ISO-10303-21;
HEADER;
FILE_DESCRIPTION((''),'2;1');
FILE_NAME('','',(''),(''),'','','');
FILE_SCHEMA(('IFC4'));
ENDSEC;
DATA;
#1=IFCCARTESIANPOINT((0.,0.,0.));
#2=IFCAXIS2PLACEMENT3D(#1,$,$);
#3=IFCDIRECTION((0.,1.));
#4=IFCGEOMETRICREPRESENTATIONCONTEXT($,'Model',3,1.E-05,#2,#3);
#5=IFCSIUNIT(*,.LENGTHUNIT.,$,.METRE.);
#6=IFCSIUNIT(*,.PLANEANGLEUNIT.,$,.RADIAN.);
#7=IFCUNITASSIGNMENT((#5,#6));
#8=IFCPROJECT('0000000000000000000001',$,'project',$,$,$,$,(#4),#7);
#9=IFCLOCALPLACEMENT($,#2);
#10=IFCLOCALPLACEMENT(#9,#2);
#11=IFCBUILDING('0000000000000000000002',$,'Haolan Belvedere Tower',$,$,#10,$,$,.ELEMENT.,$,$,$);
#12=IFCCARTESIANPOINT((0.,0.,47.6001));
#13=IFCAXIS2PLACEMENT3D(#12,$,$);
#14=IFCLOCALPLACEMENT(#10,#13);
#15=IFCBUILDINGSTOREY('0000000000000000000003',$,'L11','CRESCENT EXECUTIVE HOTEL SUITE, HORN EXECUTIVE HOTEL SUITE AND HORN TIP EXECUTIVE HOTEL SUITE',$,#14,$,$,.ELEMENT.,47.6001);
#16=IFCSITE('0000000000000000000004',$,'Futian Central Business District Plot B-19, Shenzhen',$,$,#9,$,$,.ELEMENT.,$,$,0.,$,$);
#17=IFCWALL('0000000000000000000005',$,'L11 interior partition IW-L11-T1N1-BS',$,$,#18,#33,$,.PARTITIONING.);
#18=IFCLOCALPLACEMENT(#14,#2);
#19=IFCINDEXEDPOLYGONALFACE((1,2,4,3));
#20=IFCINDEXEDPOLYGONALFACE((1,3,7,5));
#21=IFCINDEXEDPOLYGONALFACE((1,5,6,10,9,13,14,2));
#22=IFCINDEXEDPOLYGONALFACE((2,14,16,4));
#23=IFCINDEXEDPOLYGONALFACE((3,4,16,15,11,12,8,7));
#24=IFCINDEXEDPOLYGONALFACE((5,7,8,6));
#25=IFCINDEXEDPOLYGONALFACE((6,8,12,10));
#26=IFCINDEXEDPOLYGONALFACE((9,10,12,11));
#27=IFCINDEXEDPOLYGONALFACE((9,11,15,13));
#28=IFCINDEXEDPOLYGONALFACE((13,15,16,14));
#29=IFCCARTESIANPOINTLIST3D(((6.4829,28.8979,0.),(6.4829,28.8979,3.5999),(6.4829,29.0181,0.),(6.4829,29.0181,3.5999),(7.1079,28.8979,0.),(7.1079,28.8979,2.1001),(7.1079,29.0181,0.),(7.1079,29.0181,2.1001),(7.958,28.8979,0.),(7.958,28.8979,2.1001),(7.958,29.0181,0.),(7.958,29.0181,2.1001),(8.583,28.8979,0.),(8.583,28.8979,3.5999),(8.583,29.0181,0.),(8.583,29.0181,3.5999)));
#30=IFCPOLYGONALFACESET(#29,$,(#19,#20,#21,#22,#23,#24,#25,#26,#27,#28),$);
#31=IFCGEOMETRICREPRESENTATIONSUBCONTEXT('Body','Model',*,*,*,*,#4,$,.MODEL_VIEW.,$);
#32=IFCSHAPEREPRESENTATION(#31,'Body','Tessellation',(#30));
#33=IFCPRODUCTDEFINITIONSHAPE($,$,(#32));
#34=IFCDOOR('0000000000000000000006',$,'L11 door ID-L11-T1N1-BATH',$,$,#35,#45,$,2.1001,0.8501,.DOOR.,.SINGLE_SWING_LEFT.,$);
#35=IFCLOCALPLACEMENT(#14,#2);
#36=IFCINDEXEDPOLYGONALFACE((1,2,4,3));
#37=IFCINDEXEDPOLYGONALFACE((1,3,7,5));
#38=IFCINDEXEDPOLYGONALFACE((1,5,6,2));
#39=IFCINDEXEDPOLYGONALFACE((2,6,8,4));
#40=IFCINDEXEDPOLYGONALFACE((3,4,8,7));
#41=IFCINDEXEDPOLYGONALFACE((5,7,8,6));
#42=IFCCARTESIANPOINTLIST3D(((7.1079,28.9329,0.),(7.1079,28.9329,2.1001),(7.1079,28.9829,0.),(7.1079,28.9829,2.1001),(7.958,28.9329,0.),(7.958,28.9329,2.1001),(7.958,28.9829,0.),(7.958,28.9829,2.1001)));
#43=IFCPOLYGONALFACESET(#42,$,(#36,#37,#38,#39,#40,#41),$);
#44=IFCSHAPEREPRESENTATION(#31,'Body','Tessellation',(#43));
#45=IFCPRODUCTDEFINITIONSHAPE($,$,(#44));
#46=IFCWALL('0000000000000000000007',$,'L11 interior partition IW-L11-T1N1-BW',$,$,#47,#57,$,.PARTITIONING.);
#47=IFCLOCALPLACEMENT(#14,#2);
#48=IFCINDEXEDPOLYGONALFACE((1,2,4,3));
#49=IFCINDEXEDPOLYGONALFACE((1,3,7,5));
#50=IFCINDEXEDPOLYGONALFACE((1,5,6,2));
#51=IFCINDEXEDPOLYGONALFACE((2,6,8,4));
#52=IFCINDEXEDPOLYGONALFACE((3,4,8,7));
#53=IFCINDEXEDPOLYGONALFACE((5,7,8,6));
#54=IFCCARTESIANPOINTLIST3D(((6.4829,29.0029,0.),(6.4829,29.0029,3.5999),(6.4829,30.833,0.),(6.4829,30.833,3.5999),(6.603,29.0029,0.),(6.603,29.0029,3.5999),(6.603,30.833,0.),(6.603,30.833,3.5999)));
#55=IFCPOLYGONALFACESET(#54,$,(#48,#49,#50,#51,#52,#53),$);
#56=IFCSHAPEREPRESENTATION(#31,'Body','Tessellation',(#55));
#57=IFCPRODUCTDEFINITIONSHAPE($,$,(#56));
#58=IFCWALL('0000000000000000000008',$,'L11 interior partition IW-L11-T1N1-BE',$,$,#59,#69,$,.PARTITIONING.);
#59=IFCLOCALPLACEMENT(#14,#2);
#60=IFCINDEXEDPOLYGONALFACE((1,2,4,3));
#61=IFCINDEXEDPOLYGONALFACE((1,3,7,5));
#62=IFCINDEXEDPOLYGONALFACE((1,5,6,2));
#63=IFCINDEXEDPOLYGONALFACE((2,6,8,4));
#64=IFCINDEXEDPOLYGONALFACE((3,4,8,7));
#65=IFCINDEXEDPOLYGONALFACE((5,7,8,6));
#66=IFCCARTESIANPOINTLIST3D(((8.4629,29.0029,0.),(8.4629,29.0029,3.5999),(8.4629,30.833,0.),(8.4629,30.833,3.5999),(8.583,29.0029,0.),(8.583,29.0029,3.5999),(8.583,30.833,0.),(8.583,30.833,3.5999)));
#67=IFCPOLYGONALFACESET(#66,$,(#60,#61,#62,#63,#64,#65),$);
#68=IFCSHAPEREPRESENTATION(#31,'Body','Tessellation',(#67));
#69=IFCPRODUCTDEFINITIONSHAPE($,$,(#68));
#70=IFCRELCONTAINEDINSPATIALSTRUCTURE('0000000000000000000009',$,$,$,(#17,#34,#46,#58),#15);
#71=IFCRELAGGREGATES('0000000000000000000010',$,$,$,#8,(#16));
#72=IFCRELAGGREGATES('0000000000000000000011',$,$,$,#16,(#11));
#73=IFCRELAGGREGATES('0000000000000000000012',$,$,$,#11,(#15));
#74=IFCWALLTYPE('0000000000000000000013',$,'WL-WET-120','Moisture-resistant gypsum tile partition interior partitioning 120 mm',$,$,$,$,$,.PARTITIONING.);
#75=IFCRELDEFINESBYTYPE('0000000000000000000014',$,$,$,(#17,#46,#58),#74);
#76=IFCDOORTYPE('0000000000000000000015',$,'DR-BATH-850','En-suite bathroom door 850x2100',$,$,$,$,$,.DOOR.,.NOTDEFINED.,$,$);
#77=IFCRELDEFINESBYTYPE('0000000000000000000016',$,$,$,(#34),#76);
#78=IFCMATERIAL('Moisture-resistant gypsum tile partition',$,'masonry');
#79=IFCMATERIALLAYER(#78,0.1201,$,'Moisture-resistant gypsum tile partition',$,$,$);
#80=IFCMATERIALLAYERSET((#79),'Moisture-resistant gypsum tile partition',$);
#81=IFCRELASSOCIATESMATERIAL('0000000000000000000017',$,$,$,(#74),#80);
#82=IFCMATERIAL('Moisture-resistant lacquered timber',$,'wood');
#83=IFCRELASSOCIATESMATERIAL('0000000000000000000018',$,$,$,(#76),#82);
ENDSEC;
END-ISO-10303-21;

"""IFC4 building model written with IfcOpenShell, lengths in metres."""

from ifc_helpers import new_model, si_unit, direction, frame, frame_2d, origin, place, context, subcontext, project, spatial, rectangle, extrude, material, layer, layer_set, type_object, element, fill, save


model = new_model("IFC4")

# Units and contexts
model_context = context("Model", 3, precision=1e-05, world=origin(), true_north=direction((0.0, 1.0)))
body_context = subcontext(model_context, "Body", "Model", "MODEL_VIEW")
ifc_project = project(units=[si_unit("LENGTHUNIT", "METRE"), si_unit("PLANEANGLEUNIT", "RADIAN")], contexts=[model_context])

# Site, building, storey
site_placement = place(None, origin())
site = spatial("IfcSite", under=ifc_project, at=site_placement, Name="Futian Central Business District Plot B-19, Shenzhen", CompositionType="ELEMENT", RefElevation=0.0)
building_placement = place(site_placement, origin())
building = spatial("IfcBuilding", under=site, at=building_placement, Name="Haolan Belvedere Tower", CompositionType="ELEMENT")
storey_placement = place(building_placement, frame((0.0, 0.0, 47.6001)))
storey = spatial("IfcBuildingStorey", under=building, at=storey_placement, Name="L11", Description="CRESCENT EXECUTIVE HOTEL SUITE, HORN EXECUTIVE HOTEL SUITE AND HORN TIP EXECUTIVE HOTEL SUITE", CompositionType="ELEMENT", Elevation=47.6001)

# Shared definitions
ifc_material_1 = material(Name="Moisture-resistant gypsum tile partition", Category="masonry")
ifc_layer_1 = layer(ifc_material_1, 0.1201, Name="Moisture-resistant gypsum tile partition")
ifc_layer_set_1 = layer_set([ifc_layer_1], Name="Moisture-resistant gypsum tile partition")
wall_type_1 = type_object("IfcWallType", Name="WL-WET-120", Description="Moisture-resistant gypsum tile partition interior partitioning 120 mm", PredefinedType="PARTITIONING", material=ifc_layer_set_1)

# Shared definitions
ifc_material_2 = material(Name="Moisture-resistant lacquered timber", Category="wood")
door_type = type_object("IfcDoorType", Name="DR-BATH-850", Description="En-suite bathroom door 850x2100", OperationType="NOTDEFINED", PredefinedType="DOOR", material=ifc_material_2)

# Wall, opening, door
wall_1_placement = place(storey_placement, frame((6.4829, 28.958, 0.0), z_axis=(0.0, 0.0, 1.0), x_axis=(1.0, 0.0, 0.0)))
wall_1 = element("IfcWall", 1, at=wall_1_placement, inside=storey, type_object=wall_type_1, Name="L11 interior partition IW-L11-T1N1-BS", PredefinedType="PARTITIONING", context=body_context, shape_type="SweptSolid", body=[
    extrude(rectangle(XDim=2.1001, YDim=0.1201, at=frame_2d((1.05, 0.0))), origin(), (0.0, 0.0, 1.0), 3.5999),
])
opening_1_placement = place(wall_1_placement, frame((0.625, 0.0, 0.0)))
opening_1 = element("IfcOpeningElement", 2, at=opening_1_placement, cuts=wall_1, PredefinedType="OPENING", context=body_context, shape_type="SweptSolid", body=[
    extrude(rectangle(XDim=0.8501, YDim=2.1001, at=frame_2d((0.425, 1.05))), frame((0.0, 0.0701, 0.0), z_axis=(0.0, -1.0, 0.0), x_axis=(1.0, 0.0, 0.0)), (0.0, 0.0, 1.0), 0.1401),
])
door_1_placement = place(opening_1_placement, origin())
door_1 = element("IfcDoor", 3, at=door_1_placement, inside=storey, type_object=door_type, Name="L11 door ID-L11-T1N1-BATH", OperationType="SINGLE_SWING_LEFT", OverallHeight=2.1001, OverallWidth=0.8501, PredefinedType="DOOR", context=body_context, shape_type="SweptSolid", body=[
    extrude(rectangle(XDim=0.8501, YDim=2.1001, at=frame_2d((0.425, 1.05))), frame((0.0, 0.0249, 0.0), z_axis=(0.0, -1.0, 0.0), x_axis=(1.0, 0.0, 0.0)), (0.0, 0.0, 1.0), 0.05),
])
fill(opening_1, door_1)

# Walls
for number, where, z_axis, x_axis, name in (
    (4, (6.543, 29.0029, 0.0), (0.0, 0.0, 1.0), (0.0, 1.0, 0.0), "L11 interior partition IW-L11-T1N1-BW"),
    (5, (8.5229, 29.0029, 0.0), (0.0, 0.0, 1.0), (0.0, 1.0, 0.0), "L11 interior partition IW-L11-T1N1-BE"),
):
    element("IfcWall", number, at=place(storey_placement, frame(where, z_axis=z_axis, x_axis=x_axis)), inside=storey, type_object=wall_type_1, Name=name, PredefinedType="PARTITIONING", context=body_context, shape_type="SweptSolid", body=[
        extrude(rectangle(XDim=1.8301, YDim=0.1201, at=frame_2d((0.915, 0.0))), origin(), (0.0, 0.0, 1.0), 3.5999),
    ])

save(model, "model.ifc")
